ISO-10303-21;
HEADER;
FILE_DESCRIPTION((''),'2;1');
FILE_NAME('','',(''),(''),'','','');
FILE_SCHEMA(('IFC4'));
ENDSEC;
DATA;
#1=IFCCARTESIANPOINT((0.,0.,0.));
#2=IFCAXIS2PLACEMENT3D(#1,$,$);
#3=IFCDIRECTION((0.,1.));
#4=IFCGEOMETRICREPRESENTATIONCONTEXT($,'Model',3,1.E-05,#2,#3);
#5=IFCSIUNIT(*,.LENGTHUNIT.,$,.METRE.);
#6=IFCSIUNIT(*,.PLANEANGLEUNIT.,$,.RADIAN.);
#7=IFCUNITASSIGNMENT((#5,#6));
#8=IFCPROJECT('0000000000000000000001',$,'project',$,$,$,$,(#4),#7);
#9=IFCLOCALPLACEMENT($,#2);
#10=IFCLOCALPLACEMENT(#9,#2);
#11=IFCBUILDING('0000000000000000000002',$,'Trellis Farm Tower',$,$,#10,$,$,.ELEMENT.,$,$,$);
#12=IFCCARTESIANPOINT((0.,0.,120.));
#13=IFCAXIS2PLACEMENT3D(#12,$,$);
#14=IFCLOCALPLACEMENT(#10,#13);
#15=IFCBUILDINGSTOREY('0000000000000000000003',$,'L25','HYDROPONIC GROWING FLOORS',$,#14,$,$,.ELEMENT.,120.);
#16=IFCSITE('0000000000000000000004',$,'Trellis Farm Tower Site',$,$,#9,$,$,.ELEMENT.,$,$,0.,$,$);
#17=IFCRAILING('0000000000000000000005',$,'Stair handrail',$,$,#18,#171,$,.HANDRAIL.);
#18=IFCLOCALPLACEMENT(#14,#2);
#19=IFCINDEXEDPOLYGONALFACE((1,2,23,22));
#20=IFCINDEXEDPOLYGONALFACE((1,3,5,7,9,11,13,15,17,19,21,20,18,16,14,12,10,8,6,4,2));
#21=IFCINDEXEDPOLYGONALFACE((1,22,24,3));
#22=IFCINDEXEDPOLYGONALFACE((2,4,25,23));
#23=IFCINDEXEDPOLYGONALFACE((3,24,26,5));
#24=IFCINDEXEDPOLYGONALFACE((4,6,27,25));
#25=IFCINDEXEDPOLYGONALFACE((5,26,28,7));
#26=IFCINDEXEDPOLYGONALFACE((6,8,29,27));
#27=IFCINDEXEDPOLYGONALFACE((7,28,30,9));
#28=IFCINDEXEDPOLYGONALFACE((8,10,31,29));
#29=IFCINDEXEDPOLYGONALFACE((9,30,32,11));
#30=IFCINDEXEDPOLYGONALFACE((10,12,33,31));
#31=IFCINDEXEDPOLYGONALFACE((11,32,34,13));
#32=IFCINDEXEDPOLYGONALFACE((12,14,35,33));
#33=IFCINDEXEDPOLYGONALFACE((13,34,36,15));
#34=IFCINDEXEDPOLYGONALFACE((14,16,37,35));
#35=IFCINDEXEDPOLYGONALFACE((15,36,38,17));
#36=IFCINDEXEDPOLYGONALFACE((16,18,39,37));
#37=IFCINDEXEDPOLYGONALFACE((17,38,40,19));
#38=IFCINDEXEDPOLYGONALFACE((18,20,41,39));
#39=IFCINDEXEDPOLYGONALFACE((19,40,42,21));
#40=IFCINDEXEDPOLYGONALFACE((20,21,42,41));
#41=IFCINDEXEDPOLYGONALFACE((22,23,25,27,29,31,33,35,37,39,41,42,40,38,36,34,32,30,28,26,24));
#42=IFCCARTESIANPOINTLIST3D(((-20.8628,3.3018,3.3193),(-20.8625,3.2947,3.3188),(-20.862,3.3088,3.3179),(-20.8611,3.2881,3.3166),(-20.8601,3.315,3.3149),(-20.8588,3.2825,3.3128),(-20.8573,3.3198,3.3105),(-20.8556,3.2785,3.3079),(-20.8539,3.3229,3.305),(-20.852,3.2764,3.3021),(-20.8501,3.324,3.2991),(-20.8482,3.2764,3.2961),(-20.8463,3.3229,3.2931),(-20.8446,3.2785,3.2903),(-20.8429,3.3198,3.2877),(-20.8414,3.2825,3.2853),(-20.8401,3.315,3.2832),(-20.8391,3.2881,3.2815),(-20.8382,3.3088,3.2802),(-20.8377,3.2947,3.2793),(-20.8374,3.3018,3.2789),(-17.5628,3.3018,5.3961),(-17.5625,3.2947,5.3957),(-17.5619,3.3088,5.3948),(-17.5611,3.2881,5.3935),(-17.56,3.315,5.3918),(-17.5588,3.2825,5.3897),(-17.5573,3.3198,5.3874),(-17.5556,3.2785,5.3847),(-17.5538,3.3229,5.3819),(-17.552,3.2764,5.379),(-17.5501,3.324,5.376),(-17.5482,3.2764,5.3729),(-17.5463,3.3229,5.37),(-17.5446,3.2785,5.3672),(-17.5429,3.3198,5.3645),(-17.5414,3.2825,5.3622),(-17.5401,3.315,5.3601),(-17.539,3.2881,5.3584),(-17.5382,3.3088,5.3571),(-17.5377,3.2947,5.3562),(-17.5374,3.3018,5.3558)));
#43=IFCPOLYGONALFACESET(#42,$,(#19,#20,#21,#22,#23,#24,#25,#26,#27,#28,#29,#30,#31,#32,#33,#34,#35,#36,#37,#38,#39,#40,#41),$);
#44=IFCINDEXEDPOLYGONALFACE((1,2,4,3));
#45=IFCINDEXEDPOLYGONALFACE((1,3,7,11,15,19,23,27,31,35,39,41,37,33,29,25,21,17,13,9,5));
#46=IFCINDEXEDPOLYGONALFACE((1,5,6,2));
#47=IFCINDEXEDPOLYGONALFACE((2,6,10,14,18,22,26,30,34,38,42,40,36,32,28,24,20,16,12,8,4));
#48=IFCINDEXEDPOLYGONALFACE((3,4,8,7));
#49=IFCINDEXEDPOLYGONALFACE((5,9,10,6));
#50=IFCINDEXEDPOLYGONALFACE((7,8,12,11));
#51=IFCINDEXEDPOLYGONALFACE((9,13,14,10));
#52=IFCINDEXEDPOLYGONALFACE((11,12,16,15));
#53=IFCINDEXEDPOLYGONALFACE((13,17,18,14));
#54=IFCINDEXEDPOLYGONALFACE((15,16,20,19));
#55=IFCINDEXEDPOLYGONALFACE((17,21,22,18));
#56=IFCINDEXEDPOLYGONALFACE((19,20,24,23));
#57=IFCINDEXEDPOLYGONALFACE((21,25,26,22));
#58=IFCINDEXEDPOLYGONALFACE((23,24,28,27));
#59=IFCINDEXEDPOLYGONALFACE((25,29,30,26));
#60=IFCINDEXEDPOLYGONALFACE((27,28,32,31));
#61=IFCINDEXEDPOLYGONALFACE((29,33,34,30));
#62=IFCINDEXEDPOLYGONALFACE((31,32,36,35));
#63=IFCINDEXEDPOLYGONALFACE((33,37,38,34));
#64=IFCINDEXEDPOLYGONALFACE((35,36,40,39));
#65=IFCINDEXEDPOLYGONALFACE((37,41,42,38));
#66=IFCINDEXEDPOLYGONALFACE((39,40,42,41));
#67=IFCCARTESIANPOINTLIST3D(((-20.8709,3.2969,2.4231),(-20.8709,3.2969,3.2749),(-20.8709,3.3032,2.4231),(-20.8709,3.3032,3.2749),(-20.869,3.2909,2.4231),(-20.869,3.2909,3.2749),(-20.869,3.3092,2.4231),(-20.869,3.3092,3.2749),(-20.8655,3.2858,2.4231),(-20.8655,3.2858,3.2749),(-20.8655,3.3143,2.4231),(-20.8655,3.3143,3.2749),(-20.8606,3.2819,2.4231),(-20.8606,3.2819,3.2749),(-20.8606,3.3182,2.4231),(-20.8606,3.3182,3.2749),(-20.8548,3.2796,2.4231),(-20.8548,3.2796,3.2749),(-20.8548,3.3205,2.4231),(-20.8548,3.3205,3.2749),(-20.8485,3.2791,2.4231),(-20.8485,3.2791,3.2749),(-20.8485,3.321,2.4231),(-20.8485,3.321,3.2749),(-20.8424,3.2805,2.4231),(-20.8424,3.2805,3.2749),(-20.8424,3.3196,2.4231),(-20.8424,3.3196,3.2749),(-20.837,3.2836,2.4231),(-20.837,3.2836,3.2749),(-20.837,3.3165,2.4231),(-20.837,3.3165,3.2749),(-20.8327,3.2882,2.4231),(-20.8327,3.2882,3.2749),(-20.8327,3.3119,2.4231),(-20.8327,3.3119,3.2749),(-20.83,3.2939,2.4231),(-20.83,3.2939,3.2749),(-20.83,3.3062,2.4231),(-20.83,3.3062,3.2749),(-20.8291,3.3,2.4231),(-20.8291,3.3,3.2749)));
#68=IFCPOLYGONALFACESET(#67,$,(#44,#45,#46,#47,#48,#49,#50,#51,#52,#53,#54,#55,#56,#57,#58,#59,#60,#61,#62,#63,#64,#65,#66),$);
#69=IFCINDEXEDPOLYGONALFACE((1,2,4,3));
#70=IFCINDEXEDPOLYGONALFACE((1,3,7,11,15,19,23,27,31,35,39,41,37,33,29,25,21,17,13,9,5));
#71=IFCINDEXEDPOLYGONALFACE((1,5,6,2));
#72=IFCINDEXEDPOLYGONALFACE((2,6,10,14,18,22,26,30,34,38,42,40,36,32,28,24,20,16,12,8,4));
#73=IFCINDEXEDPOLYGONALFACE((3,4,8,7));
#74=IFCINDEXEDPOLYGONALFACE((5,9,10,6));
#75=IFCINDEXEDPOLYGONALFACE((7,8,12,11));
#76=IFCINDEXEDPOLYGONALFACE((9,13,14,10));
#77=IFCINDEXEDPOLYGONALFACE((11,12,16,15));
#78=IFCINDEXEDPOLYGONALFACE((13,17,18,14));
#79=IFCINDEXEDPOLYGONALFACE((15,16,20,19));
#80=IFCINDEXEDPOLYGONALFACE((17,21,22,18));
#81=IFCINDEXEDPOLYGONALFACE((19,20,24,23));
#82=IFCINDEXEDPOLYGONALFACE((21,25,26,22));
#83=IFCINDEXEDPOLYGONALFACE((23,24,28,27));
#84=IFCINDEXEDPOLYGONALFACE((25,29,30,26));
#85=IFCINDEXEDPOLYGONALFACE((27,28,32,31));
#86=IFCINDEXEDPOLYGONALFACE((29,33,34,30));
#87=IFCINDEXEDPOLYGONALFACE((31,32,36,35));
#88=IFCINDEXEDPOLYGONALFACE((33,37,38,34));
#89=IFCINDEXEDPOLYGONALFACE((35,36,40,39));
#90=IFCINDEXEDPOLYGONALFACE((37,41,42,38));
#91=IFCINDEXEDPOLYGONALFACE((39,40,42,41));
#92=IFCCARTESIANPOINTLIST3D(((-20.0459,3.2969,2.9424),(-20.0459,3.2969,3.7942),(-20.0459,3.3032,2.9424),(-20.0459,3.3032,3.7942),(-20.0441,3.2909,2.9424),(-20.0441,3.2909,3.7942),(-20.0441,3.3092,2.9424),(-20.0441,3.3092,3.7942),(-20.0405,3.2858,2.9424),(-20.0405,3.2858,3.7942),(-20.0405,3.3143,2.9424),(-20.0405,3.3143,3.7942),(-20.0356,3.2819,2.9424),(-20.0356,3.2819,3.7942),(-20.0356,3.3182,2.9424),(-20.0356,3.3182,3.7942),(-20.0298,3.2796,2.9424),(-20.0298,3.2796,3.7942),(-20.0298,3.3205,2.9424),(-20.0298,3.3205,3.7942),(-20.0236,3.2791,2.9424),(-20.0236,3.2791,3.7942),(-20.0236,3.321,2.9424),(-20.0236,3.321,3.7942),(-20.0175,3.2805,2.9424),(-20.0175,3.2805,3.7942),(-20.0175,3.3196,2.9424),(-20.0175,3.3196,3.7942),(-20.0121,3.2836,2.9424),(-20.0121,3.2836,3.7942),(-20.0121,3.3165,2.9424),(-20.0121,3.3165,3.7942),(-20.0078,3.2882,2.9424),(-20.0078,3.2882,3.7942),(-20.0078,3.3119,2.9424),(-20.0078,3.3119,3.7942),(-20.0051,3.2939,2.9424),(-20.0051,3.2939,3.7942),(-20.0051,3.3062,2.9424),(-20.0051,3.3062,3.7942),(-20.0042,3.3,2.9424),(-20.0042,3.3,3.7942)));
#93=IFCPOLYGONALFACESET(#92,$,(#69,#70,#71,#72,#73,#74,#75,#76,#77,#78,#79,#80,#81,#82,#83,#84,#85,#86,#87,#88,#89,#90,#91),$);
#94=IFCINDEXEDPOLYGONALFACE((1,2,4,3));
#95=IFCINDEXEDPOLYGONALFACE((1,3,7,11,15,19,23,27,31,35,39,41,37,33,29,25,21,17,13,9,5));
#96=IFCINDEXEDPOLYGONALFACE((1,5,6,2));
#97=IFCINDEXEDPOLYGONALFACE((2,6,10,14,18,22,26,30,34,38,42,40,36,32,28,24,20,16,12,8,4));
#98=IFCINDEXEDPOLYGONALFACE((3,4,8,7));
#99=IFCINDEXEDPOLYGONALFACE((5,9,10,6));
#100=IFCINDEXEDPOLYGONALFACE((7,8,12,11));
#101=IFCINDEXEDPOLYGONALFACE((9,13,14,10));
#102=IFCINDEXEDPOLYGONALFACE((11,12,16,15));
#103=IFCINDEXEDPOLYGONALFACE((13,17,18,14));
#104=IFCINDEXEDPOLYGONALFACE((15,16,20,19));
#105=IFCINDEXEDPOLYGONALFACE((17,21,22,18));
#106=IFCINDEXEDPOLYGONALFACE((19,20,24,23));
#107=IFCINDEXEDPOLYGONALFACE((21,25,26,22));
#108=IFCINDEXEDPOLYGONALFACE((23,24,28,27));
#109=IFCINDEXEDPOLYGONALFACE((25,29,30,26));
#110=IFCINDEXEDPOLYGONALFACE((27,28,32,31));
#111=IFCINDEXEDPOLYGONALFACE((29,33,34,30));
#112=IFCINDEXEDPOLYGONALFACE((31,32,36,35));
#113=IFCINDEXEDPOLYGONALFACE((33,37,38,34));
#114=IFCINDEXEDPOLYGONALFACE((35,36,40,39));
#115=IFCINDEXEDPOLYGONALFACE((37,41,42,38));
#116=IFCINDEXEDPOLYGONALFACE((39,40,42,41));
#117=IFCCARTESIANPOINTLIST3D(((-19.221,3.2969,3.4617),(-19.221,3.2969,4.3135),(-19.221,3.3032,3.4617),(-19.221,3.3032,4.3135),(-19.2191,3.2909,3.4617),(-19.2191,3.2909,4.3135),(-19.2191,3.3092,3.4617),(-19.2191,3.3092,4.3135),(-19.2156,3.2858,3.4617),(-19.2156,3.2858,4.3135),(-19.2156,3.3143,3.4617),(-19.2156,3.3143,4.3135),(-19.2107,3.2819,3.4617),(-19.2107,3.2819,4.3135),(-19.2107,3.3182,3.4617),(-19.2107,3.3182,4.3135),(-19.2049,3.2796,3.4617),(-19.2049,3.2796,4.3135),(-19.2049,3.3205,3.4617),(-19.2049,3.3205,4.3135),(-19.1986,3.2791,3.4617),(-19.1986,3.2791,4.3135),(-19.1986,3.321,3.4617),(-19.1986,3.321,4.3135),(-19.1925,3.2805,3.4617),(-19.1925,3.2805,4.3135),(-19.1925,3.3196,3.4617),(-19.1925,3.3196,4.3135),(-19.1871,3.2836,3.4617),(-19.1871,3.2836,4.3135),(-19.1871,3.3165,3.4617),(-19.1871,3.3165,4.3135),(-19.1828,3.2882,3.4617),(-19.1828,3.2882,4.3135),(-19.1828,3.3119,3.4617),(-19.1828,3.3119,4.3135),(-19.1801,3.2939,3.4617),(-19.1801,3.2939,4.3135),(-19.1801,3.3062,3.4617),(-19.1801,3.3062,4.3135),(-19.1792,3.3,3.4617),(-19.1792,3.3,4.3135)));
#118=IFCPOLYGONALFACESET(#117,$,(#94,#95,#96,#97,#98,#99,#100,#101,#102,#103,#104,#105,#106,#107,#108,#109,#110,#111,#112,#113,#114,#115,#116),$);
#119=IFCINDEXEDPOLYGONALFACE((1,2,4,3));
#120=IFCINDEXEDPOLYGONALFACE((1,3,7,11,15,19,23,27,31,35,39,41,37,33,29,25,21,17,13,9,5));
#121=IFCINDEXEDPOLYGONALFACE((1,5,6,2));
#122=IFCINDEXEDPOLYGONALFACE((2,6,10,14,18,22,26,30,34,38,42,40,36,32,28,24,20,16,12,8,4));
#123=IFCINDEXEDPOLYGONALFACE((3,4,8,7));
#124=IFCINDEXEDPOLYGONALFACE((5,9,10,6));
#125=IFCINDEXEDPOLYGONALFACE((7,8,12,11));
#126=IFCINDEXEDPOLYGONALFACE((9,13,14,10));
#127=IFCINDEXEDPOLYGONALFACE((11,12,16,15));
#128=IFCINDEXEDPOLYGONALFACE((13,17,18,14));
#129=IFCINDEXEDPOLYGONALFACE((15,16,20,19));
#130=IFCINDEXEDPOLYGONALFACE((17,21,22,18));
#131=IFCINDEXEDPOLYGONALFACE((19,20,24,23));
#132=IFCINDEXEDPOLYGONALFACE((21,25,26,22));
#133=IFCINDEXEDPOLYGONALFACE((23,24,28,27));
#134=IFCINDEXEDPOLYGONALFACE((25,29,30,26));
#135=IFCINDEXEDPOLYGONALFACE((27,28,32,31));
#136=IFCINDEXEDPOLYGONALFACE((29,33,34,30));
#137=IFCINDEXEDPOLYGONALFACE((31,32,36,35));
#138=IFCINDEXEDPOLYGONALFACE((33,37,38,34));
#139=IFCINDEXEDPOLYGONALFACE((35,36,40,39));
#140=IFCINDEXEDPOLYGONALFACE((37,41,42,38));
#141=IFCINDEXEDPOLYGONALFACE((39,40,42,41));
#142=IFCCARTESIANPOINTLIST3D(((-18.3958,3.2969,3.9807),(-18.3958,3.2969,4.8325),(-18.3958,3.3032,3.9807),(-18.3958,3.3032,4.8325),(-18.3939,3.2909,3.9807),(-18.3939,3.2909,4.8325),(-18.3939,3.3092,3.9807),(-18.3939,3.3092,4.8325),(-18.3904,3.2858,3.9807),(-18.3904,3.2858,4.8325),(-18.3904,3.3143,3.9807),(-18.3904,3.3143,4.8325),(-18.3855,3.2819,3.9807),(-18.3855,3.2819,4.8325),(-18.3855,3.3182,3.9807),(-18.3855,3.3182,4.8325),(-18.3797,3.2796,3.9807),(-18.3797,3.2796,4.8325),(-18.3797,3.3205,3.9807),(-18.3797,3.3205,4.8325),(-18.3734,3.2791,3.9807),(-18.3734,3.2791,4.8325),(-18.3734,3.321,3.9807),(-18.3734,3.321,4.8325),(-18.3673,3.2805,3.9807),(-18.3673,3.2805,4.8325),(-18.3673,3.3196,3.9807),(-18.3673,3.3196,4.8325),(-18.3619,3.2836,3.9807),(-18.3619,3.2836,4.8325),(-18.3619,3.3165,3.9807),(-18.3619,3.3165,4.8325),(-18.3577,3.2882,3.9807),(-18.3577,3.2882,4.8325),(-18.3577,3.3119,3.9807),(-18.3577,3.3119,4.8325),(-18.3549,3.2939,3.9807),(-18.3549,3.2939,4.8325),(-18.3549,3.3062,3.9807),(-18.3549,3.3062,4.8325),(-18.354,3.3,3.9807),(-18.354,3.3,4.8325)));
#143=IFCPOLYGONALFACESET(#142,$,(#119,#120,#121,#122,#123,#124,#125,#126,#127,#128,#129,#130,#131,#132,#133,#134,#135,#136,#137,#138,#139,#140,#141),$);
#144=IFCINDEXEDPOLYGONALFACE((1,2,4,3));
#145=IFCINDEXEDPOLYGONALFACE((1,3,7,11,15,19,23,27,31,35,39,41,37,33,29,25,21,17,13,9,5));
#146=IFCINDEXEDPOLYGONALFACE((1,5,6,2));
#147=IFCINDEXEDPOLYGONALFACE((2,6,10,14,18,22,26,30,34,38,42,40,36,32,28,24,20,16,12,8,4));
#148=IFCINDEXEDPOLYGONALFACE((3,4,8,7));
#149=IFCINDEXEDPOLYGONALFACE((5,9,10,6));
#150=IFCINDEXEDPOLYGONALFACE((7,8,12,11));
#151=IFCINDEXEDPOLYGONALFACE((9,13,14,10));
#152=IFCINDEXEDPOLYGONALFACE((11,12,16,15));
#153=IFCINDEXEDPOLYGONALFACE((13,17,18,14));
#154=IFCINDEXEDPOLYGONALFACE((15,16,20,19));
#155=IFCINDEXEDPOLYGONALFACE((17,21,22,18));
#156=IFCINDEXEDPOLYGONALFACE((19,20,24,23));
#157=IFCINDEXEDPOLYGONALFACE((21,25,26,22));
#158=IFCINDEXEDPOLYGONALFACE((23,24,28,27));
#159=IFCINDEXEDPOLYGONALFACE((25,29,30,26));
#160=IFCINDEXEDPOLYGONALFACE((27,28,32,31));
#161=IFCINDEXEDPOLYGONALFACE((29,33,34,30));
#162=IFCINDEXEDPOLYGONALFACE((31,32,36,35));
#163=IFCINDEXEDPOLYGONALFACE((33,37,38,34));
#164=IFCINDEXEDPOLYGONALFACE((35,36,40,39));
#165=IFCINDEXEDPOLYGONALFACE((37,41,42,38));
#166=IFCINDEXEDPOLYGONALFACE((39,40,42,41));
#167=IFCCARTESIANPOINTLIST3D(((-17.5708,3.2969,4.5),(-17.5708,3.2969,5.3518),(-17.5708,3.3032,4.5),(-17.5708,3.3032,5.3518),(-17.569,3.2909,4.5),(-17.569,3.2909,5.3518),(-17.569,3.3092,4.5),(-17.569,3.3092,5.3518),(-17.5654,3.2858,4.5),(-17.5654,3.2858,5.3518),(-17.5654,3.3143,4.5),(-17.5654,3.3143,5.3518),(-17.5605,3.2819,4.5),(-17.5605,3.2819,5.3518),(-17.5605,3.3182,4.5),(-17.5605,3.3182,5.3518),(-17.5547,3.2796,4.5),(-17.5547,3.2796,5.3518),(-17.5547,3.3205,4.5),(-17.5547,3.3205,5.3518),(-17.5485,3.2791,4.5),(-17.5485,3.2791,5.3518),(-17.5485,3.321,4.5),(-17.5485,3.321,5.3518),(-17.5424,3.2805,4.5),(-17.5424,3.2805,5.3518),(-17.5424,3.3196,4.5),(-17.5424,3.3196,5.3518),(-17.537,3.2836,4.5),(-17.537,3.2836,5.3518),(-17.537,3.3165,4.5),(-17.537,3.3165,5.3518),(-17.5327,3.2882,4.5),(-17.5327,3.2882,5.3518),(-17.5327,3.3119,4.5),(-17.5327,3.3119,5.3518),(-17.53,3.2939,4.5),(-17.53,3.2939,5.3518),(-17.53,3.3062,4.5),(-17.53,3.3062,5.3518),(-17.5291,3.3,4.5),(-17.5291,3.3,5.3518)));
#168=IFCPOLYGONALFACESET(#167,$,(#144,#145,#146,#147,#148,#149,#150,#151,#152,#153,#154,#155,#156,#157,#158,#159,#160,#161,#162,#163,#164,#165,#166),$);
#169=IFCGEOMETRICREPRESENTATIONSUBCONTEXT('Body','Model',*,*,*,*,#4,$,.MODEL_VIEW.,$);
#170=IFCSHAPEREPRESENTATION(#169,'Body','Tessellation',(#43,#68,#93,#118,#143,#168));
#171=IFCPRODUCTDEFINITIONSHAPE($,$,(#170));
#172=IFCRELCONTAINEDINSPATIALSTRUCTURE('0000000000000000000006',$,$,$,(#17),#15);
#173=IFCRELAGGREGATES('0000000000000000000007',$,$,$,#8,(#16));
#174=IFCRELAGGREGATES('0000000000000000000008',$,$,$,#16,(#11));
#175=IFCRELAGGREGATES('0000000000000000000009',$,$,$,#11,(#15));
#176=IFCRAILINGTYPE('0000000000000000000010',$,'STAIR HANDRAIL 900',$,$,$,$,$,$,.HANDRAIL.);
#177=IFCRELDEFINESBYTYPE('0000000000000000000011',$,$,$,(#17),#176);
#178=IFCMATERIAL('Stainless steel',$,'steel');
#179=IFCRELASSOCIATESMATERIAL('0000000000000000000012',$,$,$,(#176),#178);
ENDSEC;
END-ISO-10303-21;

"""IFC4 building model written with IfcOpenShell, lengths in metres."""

from ifc_helpers import new_model, si_unit, direction, frame, origin, origin_2d, place, context, subcontext, project, spatial, circle, extrude, source, transform, mapped, material, type_object, element, save


model = new_model("IFC4")

# Units and contexts
model_context = context("Model", 3, precision=1e-05, world=origin(), true_north=direction((0.0, 1.0)))
body_context = subcontext(model_context, "Body", "Model", "MODEL_VIEW")
ifc_project = project(units=[si_unit("LENGTHUNIT", "METRE"), si_unit("PLANEANGLEUNIT", "RADIAN")], contexts=[model_context])

# Site, building, storey
site_placement = place(None, origin())
site = spatial("IfcSite", under=ifc_project, at=site_placement, Name="Trellis Farm Tower Site", CompositionType="ELEMENT", RefElevation=0.0)
building_placement = place(site_placement, origin())
building = spatial("IfcBuilding", under=site, at=building_placement, Name="Trellis Farm Tower", CompositionType="ELEMENT")
storey_placement = place(building_placement, frame((0.0, 0.0, 120.0)))
storey = spatial("IfcBuildingStorey", under=building, at=storey_placement, Name="L25", Description="HYDROPONIC GROWING FLOORS", CompositionType="ELEMENT", Elevation=120.0)

# Railing
ifc_material_1 = material(Name="Stainless steel", Category="steel")
railing_type = type_object("IfcRailingType", Name="STAIR HANDRAIL 900", PredefinedType="HANDRAIL", material=ifc_material_1)
shared_shape_1 = source(origin(), body_context, "Body", "SweptSolid", [
    extrude(circle(Radius=0.0239, at=origin_2d()), frame((0.0, 0.0, 0.876), z_axis=(0.846337, 0.0, 0.532647), x_axis=(0.0, 1.0, 0.0)), (0.0, 0.0, 1.0), 3.8992),
    extrude(circle(Radius=0.021, at=origin_2d()), origin(), (0.0, 0.0, 1.0), 0.8518),
    extrude(circle(Radius=0.021, at=origin_2d()), frame((0.825, 0.0, 0.5193)), (0.0, 0.0, 1.0), 0.8518),
    extrude(circle(Radius=0.021, at=origin_2d()), frame((1.6499, 0.0, 1.0386)), (0.0, 0.0, 1.0), 0.8518),
    extrude(circle(Radius=0.021, at=origin_2d()), frame((2.4751, 0.0, 1.5576)), (0.0, 0.0, 1.0), 0.8518),
    extrude(circle(Radius=0.021, at=origin_2d()), frame((3.3, 0.0, 2.0769)), (0.0, 0.0, 1.0), 0.8518),
])
for number, where, name in (
    (1, (-20.8501, 3.3, 2.4231), "Stair handrail"),
):
    element("IfcRailing", number, at=place(storey_placement, frame(where)), inside=storey, type_object=railing_type, Name=name, PredefinedType="HANDRAIL", context=body_context, shape_type="MappedRepresentation", body=[
        mapped(shared_shape_1, transform((0.0, 0.0, 0.0))),
    ])

save(model, "model.ifc")
